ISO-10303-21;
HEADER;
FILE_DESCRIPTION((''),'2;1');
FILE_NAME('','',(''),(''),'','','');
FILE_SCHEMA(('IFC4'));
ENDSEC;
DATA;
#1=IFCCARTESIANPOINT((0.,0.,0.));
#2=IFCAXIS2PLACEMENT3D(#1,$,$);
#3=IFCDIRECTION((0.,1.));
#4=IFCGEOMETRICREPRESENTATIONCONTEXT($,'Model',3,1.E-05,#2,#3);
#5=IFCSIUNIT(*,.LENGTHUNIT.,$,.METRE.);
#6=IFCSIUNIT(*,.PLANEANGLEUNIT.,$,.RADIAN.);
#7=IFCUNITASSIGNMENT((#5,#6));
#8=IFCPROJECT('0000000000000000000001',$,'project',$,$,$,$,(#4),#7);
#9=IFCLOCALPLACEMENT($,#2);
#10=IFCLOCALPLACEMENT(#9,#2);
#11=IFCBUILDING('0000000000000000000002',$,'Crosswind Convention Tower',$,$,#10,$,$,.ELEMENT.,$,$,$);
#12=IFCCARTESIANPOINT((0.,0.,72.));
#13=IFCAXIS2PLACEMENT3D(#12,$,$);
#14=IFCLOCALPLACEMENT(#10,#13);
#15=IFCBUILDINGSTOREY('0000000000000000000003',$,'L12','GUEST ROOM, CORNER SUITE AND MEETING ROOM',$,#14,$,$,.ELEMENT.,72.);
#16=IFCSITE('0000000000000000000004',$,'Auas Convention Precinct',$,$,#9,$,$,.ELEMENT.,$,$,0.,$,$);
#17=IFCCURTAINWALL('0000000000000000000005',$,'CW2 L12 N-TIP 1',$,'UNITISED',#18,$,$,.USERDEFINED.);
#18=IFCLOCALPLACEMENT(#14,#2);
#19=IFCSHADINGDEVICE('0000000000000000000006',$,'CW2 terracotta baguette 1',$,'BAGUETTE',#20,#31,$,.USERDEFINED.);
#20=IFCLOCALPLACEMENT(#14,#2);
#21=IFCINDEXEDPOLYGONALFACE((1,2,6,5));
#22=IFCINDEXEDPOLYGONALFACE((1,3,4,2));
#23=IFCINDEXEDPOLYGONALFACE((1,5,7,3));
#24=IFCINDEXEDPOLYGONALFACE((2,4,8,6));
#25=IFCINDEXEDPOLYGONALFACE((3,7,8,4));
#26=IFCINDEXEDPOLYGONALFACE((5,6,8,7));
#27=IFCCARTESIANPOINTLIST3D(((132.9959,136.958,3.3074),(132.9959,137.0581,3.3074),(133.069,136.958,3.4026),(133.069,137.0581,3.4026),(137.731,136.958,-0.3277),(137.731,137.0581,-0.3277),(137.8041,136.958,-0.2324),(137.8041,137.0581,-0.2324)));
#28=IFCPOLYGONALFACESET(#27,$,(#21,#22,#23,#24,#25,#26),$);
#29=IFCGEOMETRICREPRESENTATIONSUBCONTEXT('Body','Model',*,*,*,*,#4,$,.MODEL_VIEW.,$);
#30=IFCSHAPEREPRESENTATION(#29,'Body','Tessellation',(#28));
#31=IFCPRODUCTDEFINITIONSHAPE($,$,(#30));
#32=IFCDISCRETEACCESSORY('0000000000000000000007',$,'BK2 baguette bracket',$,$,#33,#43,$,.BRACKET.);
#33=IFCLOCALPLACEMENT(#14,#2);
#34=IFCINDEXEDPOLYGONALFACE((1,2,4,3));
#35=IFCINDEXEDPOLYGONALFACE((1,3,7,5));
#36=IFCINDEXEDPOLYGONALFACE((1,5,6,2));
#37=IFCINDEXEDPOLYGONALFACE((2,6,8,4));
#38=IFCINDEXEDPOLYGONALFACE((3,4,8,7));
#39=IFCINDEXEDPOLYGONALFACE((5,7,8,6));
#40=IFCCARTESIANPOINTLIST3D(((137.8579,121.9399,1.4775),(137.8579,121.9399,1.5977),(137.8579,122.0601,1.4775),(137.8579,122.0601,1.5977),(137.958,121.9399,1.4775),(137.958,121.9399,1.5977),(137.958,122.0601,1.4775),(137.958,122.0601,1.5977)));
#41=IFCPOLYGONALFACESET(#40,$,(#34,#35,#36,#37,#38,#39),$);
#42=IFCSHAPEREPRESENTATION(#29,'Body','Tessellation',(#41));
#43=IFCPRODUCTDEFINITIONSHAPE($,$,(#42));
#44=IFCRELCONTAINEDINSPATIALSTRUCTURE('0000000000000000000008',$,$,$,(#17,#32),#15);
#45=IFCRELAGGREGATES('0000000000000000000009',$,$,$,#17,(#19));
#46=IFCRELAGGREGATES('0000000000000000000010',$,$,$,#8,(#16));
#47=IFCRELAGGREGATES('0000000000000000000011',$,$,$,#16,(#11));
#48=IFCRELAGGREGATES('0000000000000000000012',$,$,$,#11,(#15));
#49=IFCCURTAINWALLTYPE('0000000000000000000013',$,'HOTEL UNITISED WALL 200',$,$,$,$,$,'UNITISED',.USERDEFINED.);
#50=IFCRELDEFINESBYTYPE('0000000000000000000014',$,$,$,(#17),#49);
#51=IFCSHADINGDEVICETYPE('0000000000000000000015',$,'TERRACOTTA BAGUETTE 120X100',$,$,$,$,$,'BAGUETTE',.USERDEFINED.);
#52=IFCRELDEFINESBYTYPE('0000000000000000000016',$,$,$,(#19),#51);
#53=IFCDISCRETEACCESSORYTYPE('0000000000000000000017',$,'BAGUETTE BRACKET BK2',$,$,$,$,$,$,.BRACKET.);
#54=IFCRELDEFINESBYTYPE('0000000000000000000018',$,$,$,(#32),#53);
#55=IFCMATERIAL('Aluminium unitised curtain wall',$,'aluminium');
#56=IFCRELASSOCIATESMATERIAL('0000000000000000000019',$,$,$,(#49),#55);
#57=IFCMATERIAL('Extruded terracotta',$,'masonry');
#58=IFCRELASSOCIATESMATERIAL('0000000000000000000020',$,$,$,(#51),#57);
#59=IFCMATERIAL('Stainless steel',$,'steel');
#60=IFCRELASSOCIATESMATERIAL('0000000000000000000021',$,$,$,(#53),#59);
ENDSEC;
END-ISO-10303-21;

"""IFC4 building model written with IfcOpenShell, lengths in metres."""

from ifc_helpers import new_model, si_unit, direction, frame, origin, origin_2d, place, context, subcontext, project, spatial, rectangle, extrude, material, material_profile, profile_set, type_object, element, aggregate, save


model = new_model("IFC4")

# Units and contexts
model_context = context("Model", 3, precision=1e-05, world=origin(), true_north=direction((0.0, 1.0)))
body_context = subcontext(model_context, "Body", "Model", "MODEL_VIEW")
ifc_project = project(units=[si_unit("LENGTHUNIT", "METRE"), si_unit("PLANEANGLEUNIT", "RADIAN")], contexts=[model_context])

# Site, building, storey
site_placement = place(None, origin())
site = spatial("IfcSite", under=ifc_project, at=site_placement, Name="Auas Convention Precinct", CompositionType="ELEMENT", RefElevation=0.0)
building_placement = place(site_placement, origin())
building = spatial("IfcBuilding", under=site, at=building_placement, Name="Crosswind Convention Tower", CompositionType="ELEMENT")
storey_placement = place(building_placement, frame((0.0, 0.0, 72.0)))
storey = spatial("IfcBuildingStorey", under=building, at=storey_placement, Name="L12", Description="GUEST ROOM, CORNER SUITE AND MEETING ROOM", CompositionType="ELEMENT", Elevation=72.0)

# Shared definitions
ifc_material_1 = material(Name="Aluminium unitised curtain wall", Category="aluminium")

# Shared definitions
curtain_wall_type_1 = type_object("IfcCurtainWallType", Name="HOTEL UNITISED WALL 200", ElementType="UNITISED", PredefinedType="USERDEFINED", material=ifc_material_1)

# Curtain wall
curtain_wall_1_placement = place(storey_placement, origin())
curtain_wall_1 = element("IfcCurtainWall", 1, at=curtain_wall_1_placement, inside=storey, type_object=curtain_wall_type_1, Name="CW2 L12 N-TIP 1", ObjectType="UNITISED", PredefinedType="USERDEFINED")

# Shading device
ifc_material_2 = material(Name="Extruded terracotta", Category="masonry")
ifc_material_profile_1 = material_profile(ifc_material_2, rectangle(XDim=0.1001, YDim=0.1201, at=origin_2d()), Name="TC 100X120")
ifc_profile_set_1 = profile_set([ifc_material_profile_1], Name="Extruded terracotta")
shading_device_type = type_object("IfcShadingDeviceType", Name="TERRACOTTA BAGUETTE 120X100", ElementType="BAGUETTE", PredefinedType="USERDEFINED", material=ifc_profile_set_1)
shading_device_1_placement = place(storey_placement, frame((137.7676, 137.0081, -0.28), z_axis=(-0.793221, 0.0, 0.608934), x_axis=(0.0, -1.0, 0.0)))
shading_device_1 = element("IfcShadingDevice", 2, at=shading_device_1_placement, type_object=shading_device_type, Name="CW2 terracotta baguette 1", ObjectType="BAGUETTE", PredefinedType="USERDEFINED", context=body_context, shape_type="SweptSolid", body=[
    extrude(rectangle(XDim=0.1001, YDim=0.1201, at=origin_2d()), origin(), (0.0, 0.0, 1.0), 5.9695),
])
aggregate(curtain_wall_1, [shading_device_1])

# Discrete accessory
ifc_material_3 = material(Name="Stainless steel", Category="steel")
discrete_accessory_type = type_object("IfcDiscreteAccessoryType", Name="BAGUETTE BRACKET BK2", PredefinedType="BRACKET", material=ifc_material_3)
discrete_accessory_placement = place(storey_placement, frame((137.908, 122.0, 1.4775), z_axis=(0.0, 0.0, 1.0), x_axis=(0.0, 1.0, 0.0)))
element("IfcDiscreteAccessory", 3, at=discrete_accessory_placement, inside=storey, type_object=discrete_accessory_type, Name="BK2 baguette bracket", PredefinedType="BRACKET", context=body_context, shape_type="SweptSolid", body=[
    extrude(rectangle(XDim=0.1201, YDim=0.1001, at=origin_2d()), origin(), (0.0, 0.0, 1.0), 0.1201),
])

save(model, "model.ifc")
